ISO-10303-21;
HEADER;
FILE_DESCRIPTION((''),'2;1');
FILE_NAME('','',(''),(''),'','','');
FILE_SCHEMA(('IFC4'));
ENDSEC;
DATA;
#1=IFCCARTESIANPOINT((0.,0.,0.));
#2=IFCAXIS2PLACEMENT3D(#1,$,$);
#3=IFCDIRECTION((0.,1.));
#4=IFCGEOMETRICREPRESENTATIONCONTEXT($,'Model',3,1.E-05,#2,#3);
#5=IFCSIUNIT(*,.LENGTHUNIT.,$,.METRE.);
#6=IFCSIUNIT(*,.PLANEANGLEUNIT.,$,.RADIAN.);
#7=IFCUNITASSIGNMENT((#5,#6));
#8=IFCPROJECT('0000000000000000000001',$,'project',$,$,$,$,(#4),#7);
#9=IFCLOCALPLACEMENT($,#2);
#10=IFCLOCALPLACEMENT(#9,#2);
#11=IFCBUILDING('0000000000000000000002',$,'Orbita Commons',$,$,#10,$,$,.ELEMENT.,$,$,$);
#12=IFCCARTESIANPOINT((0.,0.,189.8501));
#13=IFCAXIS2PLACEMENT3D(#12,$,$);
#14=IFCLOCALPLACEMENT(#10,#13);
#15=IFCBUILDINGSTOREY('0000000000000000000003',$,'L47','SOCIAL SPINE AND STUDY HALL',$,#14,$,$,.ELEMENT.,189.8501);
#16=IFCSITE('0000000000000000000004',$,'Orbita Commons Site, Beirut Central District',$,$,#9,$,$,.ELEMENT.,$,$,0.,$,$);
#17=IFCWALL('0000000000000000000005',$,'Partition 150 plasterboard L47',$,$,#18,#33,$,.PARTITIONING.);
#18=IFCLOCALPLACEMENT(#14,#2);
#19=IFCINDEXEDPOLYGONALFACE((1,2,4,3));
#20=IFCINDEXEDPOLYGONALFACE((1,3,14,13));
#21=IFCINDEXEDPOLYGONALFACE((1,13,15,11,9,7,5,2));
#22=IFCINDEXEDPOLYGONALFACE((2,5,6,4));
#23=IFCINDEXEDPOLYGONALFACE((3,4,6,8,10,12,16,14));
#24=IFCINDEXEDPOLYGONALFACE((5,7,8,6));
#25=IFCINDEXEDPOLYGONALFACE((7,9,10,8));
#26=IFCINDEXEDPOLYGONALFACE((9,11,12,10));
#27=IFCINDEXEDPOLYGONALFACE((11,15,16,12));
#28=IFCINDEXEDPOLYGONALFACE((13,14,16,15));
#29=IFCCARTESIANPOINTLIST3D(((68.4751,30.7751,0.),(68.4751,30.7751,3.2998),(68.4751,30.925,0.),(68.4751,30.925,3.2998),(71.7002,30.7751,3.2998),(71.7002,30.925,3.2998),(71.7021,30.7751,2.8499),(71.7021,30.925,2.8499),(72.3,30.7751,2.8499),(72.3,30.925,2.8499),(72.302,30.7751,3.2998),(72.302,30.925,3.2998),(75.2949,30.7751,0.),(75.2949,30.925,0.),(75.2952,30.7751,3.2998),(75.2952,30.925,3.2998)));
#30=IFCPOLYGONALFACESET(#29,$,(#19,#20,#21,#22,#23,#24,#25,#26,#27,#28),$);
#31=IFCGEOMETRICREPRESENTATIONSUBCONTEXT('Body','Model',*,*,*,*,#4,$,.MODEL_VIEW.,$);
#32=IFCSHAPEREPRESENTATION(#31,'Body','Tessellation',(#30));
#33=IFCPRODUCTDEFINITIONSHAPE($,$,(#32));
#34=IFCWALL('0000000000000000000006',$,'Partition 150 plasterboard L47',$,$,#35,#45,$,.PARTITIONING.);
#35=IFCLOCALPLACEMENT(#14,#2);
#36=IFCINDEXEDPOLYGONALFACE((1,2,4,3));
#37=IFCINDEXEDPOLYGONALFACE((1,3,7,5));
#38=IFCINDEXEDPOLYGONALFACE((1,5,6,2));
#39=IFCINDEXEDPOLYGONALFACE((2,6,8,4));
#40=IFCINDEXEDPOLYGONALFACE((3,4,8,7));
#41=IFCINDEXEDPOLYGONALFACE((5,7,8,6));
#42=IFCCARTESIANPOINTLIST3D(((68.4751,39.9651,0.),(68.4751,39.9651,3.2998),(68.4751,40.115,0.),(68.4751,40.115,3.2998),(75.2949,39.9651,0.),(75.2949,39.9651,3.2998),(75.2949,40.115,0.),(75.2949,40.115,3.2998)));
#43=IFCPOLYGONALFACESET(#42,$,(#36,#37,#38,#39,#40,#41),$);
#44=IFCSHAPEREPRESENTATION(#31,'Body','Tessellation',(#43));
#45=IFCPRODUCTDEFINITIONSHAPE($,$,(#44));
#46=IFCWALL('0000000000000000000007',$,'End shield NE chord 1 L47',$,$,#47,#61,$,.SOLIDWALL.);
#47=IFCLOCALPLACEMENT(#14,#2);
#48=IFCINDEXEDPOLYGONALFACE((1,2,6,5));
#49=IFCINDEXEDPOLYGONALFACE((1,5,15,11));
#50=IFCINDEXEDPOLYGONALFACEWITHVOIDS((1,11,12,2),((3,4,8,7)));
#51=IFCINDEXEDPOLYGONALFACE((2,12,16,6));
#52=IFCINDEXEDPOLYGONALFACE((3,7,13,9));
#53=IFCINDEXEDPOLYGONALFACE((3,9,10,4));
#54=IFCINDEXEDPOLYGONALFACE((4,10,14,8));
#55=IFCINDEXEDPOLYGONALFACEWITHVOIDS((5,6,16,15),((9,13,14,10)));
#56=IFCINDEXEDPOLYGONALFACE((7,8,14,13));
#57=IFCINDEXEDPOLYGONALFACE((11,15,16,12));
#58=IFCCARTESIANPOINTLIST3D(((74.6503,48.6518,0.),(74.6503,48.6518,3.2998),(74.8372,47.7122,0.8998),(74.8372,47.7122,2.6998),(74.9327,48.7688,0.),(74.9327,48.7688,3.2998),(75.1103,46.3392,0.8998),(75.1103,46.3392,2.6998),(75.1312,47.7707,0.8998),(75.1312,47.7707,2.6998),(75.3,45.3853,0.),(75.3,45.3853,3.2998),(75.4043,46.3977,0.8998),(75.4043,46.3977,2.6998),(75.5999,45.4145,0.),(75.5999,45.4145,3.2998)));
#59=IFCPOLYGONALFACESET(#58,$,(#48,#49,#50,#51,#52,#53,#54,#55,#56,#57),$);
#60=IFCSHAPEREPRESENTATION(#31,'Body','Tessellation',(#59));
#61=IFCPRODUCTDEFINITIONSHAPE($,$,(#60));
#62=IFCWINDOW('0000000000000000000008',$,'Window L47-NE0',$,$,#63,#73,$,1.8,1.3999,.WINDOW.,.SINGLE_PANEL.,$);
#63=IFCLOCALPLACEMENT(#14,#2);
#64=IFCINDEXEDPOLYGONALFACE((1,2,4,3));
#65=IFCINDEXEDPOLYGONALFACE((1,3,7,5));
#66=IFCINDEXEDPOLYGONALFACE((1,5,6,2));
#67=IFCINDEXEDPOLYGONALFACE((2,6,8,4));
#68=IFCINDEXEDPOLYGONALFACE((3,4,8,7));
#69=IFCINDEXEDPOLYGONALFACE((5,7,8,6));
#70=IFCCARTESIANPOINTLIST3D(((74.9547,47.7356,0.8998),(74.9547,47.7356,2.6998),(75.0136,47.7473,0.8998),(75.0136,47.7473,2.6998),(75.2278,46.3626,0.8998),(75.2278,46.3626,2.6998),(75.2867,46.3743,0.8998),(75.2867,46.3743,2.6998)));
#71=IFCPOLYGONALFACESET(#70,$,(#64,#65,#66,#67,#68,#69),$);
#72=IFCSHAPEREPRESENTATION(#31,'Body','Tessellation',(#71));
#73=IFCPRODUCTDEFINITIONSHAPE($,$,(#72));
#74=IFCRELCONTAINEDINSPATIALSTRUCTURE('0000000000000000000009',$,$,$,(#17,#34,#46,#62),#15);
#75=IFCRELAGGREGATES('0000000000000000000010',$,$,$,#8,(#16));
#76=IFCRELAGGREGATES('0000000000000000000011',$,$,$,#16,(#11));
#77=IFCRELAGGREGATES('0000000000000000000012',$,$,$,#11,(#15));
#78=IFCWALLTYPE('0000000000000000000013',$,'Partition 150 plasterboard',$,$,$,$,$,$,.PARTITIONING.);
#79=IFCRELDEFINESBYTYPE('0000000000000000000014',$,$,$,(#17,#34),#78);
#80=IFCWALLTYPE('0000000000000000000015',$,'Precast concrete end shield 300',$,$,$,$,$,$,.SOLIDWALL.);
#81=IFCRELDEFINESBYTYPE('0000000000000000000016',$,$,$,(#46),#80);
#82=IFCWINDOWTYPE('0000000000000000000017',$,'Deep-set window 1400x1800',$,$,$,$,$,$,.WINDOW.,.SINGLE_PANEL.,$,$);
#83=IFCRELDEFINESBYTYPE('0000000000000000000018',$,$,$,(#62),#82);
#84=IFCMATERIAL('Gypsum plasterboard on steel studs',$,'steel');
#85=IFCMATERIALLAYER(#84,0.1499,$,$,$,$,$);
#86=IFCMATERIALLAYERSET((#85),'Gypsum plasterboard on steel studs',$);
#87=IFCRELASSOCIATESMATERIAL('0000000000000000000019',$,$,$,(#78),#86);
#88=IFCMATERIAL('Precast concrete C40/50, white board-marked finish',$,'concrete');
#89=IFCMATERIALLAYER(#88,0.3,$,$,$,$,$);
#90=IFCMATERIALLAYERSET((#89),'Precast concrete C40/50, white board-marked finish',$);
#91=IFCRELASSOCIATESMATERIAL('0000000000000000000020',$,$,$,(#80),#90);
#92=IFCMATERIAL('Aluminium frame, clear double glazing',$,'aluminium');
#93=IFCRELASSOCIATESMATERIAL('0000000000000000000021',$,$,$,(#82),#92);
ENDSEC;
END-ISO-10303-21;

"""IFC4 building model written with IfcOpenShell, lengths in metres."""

from ifc_helpers import new_model, si_unit, direction, frame, frame_2d, origin, place, context, subcontext, project, spatial, polyline, rectangle, outline, extrude, material, layer, layer_set, type_object, element, fill, save


model = new_model("IFC4")

# Units and contexts
model_context = context("Model", 3, precision=1e-05, world=origin(), true_north=direction((0.0, 1.0)))
body_context = subcontext(model_context, "Body", "Model", "MODEL_VIEW")
ifc_project = project(units=[si_unit("LENGTHUNIT", "METRE"), si_unit("PLANEANGLEUNIT", "RADIAN")], contexts=[model_context])

# Site, building, storey
site_placement = place(None, origin())
site = spatial("IfcSite", under=ifc_project, at=site_placement, Name="Orbita Commons Site, Beirut Central District", CompositionType="ELEMENT", RefElevation=0.0)
building_placement = place(site_placement, origin())
building = spatial("IfcBuilding", under=site, at=building_placement, Name="Orbita Commons", CompositionType="ELEMENT")
storey_placement = place(building_placement, frame((0.0, 0.0, 189.8501)))
storey = spatial("IfcBuildingStorey", under=building, at=storey_placement, Name="L47", Description="SOCIAL SPINE AND STUDY HALL", CompositionType="ELEMENT", Elevation=189.8501)

# Shared definitions
ifc_material_1 = material(Name="Gypsum plasterboard on steel studs", Category="steel")
ifc_layer_1 = layer(ifc_material_1, 0.1499)
ifc_layer_set_1 = layer_set([ifc_layer_1], Name="Gypsum plasterboard on steel studs")
wall_type_1 = type_object("IfcWallType", Name="Partition 150 plasterboard", PredefinedType="PARTITIONING", material=ifc_layer_set_1)

# Walls
wall_1_placement = place(storey_placement, frame((68.4751, 30.8501, 0.0), z_axis=(0.0, 0.0, 1.0), x_axis=(1.0, 0.0, 0.0)))
element("IfcWall", 1, at=wall_1_placement, inside=storey, type_object=wall_type_1, Name="Partition 150 plasterboard L47", PredefinedType="PARTITIONING", context=body_context, shape_type="SweptSolid", body=[
    extrude(outline(polyline([(0.0, 0.0), (6.8198, 0.0), (6.8201, 3.2998), (3.8269, 3.2998), (3.825, 2.8499), (3.2271, 2.8499), (3.2251, 3.2998), (0.0, 3.2998), (0.0, 0.0)])), frame((0.0, 0.075, 0.0), z_axis=(0.0, -1.0, 0.0), x_axis=(1.0, 0.0, 0.0)), (0.0, 0.0, 1.0), 0.1499),
])
wall_2_placement = place(storey_placement, frame((68.4751, 40.04, 0.0), z_axis=(0.0, 0.0, 1.0), x_axis=(1.0, 0.0, 0.0)))
element("IfcWall", 2, at=wall_2_placement, inside=storey, type_object=wall_type_1, Name="Partition 150 plasterboard L47", PredefinedType="PARTITIONING", context=body_context, shape_type="SweptSolid", body=[
    extrude(rectangle(XDim=6.8198, YDim=0.1499, at=frame_2d((3.4099, 0.0))), origin(), (0.0, 0.0, 1.0), 3.2998),
])

# Wall, opening, window
ifc_material_2 = material(Name="Precast concrete C40/50, white board-marked finish", Category="concrete")
ifc_layer_2 = layer(ifc_material_2, 0.3)
ifc_layer_set_2 = layer_set([ifc_layer_2], Name="Precast concrete C40/50, white board-marked finish")
wall_type_2 = type_object("IfcWallType", Name="Precast concrete end shield 300", PredefinedType="SOLIDWALL", material=ifc_layer_set_2)
wall_3_placement = place(storey_placement, frame((75.45, 45.3999, 0.0), z_axis=(0.0, 0.0, 1.0), x_axis=(-0.195087, 0.980786, 0.0)))
wall_3 = element("IfcWall", 3, at=wall_3_placement, inside=storey, type_object=wall_type_2, Name="End shield NE chord 1 L47", PredefinedType="SOLIDWALL", context=body_context, shape_type="SweptSolid", body=[
    extrude(outline(polyline([(-0.0149, -0.1499), (3.405, -0.1499), (3.3455, 0.1499), (0.0149, 0.1499), (-0.0149, -0.1499)])), origin(), (0.0, 0.0, 1.0), 3.2998),
])
opening_1_placement = place(wall_3_placement, frame((0.9875, 0.0, 0.8999)))
opening_1 = element("IfcOpeningElement", 4, at=opening_1_placement, cuts=wall_3, PredefinedType="OPENING", context=body_context, shape_type="SweptSolid", body=[
    extrude(rectangle(XDim=1.3999, YDim=1.8, at=frame_2d((0.7, 0.8999))), frame((0.0, 0.1599, 0.0), z_axis=(0.0, -1.0, 0.0), x_axis=(1.0, 0.0, 0.0)), (0.0, 0.0, 1.0), 0.3201),
])
ifc_material_3 = material(Name="Aluminium frame, clear double glazing", Category="aluminium")
window_type = type_object("IfcWindowType", Name="Deep-set window 1400x1800", PartitioningType="SINGLE_PANEL", PredefinedType="WINDOW", material=ifc_material_3)
window_placement = place(opening_1_placement, origin())
window = element("IfcWindow", 5, at=window_placement, inside=storey, type_object=window_type, Name="Window L47-NE0", OverallHeight=1.8, OverallWidth=1.3999, PartitioningType="SINGLE_PANEL", PredefinedType="WINDOW", context=body_context, shape_type="SweptSolid", body=[
    extrude(rectangle(XDim=1.3999, YDim=1.8, at=frame_2d((0.7, 0.8999))), frame((0.0, 0.03, 0.0), z_axis=(0.0, -1.0, 0.0), x_axis=(1.0, 0.0, 0.0)), (0.0, 0.0, 1.0), 0.0601),
])
fill(opening_1, window)

save(model, "model.ifc")
